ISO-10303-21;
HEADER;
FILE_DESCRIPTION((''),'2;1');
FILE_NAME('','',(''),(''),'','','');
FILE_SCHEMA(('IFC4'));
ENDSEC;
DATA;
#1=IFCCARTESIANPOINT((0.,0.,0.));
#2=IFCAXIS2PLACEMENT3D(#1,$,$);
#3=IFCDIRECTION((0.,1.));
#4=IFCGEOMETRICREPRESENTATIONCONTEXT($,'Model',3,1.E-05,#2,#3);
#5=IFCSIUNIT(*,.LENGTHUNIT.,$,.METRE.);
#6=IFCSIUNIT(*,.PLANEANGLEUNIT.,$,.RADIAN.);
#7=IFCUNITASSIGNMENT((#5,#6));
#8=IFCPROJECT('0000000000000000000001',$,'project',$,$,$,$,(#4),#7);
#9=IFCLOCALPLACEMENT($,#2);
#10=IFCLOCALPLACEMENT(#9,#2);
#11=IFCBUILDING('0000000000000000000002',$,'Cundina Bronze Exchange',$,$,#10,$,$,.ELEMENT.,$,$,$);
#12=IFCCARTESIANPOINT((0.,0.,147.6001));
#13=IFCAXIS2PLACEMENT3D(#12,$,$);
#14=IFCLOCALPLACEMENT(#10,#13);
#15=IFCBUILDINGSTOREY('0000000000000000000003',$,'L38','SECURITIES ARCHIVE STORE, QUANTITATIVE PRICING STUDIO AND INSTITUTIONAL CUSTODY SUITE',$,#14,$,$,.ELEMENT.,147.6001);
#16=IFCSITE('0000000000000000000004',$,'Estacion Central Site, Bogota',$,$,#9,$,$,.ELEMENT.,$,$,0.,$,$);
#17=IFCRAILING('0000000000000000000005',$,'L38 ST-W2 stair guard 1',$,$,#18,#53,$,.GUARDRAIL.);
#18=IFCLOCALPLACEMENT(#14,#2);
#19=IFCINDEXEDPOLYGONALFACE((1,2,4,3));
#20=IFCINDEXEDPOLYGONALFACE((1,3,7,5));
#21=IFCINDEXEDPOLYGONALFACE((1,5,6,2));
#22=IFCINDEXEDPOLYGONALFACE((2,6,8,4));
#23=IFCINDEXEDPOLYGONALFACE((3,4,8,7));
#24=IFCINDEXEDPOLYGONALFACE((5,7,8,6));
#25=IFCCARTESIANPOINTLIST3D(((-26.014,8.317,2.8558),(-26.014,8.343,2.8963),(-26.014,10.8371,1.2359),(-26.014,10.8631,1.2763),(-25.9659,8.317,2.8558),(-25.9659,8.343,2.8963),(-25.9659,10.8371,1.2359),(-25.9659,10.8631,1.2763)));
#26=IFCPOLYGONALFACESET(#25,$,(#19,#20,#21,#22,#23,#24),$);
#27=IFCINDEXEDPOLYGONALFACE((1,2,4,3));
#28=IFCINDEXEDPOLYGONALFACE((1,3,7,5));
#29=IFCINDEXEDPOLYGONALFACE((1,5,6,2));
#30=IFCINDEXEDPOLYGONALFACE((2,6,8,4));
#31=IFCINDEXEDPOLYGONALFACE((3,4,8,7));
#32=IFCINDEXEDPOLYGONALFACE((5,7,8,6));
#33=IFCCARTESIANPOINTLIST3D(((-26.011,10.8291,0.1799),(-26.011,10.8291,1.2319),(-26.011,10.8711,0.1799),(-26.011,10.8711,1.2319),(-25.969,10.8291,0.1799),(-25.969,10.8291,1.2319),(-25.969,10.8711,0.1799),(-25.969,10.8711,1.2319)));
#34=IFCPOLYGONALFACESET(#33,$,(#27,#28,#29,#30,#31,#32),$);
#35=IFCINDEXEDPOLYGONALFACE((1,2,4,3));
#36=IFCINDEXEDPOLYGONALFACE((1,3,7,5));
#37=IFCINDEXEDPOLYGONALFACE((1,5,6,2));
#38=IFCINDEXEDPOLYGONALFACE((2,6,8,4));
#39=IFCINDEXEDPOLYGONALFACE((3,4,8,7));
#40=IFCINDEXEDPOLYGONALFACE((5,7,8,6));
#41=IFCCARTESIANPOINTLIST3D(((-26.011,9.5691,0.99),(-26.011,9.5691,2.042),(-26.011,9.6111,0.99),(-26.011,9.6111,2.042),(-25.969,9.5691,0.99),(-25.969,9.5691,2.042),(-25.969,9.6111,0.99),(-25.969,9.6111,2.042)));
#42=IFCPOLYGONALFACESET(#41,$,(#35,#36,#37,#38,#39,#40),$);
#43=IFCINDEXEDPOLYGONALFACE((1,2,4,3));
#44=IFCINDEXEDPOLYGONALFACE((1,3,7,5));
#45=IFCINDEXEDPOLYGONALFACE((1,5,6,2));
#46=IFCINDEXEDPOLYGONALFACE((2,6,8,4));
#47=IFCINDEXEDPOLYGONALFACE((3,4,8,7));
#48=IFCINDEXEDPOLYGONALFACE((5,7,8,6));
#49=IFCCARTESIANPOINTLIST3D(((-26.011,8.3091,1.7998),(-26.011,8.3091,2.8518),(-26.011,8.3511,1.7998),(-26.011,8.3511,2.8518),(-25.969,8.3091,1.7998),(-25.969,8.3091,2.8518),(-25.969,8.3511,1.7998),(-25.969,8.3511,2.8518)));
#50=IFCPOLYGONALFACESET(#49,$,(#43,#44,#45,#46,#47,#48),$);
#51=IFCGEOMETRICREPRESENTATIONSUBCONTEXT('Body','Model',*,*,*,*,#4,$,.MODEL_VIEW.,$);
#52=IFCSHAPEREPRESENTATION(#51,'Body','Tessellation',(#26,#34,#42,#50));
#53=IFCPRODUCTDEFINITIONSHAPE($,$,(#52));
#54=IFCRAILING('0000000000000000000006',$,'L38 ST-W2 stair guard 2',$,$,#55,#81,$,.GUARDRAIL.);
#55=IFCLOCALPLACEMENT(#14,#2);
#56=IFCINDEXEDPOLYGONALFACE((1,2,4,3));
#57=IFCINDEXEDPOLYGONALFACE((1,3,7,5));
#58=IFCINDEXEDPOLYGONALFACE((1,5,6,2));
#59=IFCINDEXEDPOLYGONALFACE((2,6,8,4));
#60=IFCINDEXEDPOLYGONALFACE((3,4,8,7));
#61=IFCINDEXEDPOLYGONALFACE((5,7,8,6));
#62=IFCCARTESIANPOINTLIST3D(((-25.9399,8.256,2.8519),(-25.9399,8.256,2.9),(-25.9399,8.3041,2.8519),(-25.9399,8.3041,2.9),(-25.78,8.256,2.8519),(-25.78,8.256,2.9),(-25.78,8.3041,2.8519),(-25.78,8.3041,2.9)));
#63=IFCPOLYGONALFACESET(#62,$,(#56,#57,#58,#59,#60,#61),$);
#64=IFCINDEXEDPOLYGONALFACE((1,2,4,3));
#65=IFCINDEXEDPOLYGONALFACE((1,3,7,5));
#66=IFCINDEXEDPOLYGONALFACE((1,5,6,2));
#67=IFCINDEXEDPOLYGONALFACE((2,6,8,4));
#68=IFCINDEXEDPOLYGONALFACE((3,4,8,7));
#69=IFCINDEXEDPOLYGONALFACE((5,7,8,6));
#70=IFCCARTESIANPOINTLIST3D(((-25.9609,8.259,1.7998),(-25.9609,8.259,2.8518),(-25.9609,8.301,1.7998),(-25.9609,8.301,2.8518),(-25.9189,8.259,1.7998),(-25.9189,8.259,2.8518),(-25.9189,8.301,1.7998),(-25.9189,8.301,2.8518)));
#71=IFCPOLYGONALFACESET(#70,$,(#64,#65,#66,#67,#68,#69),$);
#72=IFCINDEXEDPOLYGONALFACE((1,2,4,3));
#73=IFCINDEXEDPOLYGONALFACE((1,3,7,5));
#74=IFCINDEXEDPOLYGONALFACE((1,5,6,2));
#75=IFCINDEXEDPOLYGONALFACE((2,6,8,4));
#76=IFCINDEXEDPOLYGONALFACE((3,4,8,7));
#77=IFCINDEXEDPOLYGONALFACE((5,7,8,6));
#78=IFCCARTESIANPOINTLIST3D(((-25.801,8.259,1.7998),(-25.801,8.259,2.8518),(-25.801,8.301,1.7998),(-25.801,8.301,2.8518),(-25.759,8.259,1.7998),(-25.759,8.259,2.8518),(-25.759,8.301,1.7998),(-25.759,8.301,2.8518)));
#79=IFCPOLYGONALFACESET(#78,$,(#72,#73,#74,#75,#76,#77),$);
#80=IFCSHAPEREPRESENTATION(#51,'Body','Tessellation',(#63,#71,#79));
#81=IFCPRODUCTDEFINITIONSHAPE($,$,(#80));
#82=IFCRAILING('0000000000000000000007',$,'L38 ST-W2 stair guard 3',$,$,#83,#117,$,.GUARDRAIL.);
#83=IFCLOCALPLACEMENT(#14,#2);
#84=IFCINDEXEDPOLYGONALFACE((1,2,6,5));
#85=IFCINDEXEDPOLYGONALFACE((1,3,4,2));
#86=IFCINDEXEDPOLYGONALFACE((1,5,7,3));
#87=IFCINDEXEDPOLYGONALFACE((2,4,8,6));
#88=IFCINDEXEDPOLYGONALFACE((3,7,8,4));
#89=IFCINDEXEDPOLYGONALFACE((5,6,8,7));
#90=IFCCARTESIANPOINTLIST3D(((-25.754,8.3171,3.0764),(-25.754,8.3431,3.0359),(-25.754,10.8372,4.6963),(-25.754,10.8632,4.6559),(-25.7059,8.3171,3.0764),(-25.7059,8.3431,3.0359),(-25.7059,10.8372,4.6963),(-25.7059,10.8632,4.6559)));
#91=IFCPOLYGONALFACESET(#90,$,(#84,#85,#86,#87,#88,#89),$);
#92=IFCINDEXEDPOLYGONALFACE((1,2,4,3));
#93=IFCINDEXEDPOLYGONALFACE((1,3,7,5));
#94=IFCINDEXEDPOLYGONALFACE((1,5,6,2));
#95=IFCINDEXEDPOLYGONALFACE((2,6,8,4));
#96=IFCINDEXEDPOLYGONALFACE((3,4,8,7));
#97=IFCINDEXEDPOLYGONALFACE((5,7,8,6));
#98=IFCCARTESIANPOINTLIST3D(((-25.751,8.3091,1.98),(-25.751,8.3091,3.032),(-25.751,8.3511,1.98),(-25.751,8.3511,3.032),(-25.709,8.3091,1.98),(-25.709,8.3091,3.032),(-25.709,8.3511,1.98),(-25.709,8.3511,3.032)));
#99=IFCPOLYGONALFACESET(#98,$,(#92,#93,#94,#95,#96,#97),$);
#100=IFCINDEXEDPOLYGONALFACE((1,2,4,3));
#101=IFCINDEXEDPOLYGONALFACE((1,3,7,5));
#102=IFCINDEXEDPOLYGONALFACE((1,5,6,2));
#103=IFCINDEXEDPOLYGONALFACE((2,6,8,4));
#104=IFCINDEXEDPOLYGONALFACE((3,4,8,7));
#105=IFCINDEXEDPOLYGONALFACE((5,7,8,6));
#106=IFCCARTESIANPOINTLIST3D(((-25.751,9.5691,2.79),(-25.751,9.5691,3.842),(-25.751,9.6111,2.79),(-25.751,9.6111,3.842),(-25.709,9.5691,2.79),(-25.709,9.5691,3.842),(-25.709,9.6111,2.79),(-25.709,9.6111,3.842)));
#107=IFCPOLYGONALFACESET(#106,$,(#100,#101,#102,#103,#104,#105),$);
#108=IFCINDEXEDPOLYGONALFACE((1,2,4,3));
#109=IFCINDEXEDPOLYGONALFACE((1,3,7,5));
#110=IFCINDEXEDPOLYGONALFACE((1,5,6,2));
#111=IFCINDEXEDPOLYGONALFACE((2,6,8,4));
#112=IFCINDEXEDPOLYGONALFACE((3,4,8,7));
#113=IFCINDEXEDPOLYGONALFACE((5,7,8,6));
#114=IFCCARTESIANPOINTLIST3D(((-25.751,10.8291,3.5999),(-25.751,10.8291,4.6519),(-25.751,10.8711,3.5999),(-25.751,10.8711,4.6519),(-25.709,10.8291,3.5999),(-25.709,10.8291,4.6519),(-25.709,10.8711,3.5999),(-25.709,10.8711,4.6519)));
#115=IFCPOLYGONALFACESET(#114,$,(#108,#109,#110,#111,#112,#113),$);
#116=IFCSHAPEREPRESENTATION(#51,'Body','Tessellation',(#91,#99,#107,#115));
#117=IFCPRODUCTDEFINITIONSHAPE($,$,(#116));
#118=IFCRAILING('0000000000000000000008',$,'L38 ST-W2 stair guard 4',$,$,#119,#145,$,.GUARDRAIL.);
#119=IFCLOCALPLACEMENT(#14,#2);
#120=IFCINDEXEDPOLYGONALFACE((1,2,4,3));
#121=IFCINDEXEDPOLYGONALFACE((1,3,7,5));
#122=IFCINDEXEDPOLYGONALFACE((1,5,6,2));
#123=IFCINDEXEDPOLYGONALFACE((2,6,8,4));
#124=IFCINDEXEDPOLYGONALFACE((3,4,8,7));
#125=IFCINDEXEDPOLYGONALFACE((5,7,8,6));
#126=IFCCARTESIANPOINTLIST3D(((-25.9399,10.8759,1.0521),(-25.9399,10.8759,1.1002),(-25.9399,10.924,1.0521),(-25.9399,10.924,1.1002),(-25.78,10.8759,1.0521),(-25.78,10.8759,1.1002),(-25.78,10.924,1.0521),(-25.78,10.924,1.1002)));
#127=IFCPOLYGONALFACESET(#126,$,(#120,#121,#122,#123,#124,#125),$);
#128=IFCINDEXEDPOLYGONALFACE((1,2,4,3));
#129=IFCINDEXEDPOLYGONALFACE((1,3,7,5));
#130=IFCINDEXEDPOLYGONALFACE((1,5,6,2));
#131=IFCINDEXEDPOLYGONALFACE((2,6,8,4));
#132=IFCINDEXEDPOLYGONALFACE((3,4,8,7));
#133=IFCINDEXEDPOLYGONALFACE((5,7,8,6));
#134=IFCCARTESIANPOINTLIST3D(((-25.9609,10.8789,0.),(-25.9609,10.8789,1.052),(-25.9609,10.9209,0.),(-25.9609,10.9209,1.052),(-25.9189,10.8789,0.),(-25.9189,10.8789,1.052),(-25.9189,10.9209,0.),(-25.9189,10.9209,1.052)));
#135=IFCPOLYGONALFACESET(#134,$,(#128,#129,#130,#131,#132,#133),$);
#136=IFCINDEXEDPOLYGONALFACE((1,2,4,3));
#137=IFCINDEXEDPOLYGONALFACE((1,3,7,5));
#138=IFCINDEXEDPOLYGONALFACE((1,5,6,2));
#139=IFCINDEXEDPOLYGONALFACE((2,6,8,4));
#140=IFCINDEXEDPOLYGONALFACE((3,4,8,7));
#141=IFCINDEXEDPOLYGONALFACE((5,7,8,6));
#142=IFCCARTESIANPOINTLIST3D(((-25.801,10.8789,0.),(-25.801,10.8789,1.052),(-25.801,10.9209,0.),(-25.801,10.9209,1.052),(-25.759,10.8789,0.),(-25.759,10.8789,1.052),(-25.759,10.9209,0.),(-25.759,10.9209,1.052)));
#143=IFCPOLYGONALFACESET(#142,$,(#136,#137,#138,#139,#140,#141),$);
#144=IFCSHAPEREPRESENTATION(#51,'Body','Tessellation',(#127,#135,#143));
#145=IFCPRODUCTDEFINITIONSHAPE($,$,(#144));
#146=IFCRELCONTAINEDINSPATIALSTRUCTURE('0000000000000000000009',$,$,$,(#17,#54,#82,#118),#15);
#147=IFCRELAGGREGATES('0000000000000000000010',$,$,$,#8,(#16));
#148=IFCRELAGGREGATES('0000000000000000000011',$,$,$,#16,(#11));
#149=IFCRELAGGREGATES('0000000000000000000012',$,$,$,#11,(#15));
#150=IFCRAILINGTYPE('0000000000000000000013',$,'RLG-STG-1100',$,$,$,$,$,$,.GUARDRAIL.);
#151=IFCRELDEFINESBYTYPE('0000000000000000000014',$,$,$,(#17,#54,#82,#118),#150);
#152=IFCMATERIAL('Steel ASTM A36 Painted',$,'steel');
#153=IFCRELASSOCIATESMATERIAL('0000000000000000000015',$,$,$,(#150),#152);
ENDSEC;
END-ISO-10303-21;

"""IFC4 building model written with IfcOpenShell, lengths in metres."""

from ifc_helpers import new_model, si_unit, direction, frame, origin, origin_2d, place, context, subcontext, project, spatial, rectangle, extrude, material, type_object, element, save


model = new_model("IFC4")

# Units and contexts
model_context = context("Model", 3, precision=1e-05, world=origin(), true_north=direction((0.0, 1.0)))
body_context = subcontext(model_context, "Body", "Model", "MODEL_VIEW")
ifc_project = project(units=[si_unit("LENGTHUNIT", "METRE"), si_unit("PLANEANGLEUNIT", "RADIAN")], contexts=[model_context])

# Site, building, storey
site_placement = place(None, origin())
site = spatial("IfcSite", under=ifc_project, at=site_placement, Name="Estacion Central Site, Bogota", CompositionType="ELEMENT", RefElevation=0.0)
building_placement = place(site_placement, origin())
building = spatial("IfcBuilding", under=site, at=building_placement, Name="Cundina Bronze Exchange", CompositionType="ELEMENT")
storey_placement = place(building_placement, frame((0.0, 0.0, 147.6001)))
storey = spatial("IfcBuildingStorey", under=building, at=storey_placement, Name="L38", Description="SECURITIES ARCHIVE STORE, QUANTITATIVE PRICING STUDIO AND INSTITUTIONAL CUSTODY SUITE", CompositionType="ELEMENT", Elevation=147.6001)

# Shared definitions
ifc_material_1 = material(Name="Steel ASTM A36 Painted", Category="steel")

# Railings
railing_type_1 = type_object("IfcRailingType", Name="RLG-STG-1100", PredefinedType="GUARDRAIL", material=ifc_material_1)
for number, where, name in (
    (1, (-25.99, 10.8501, 0.1799), "L38 ST-W2 stair guard 1"),
):
    element("IfcRailing", number, at=place(storey_placement, frame(where)), inside=storey, type_object=railing_type_1, Name=name, PredefinedType="GUARDRAIL", context=body_context, shape_type="SweptSolid", body=[
        extrude(rectangle(XDim=0.0481, YDim=0.0481, at=origin_2d()), frame((0.0, 0.0, 1.0762), z_axis=(0.0, -0.8412, 0.540725), x_axis=(1.0, 0.0, 0.0)), (0.0, 0.0, 1.0), 2.9958),
        extrude(rectangle(XDim=0.042, YDim=0.042, at=origin_2d()), origin(), (0.0, 0.0, 1.0), 1.052),
        extrude(rectangle(XDim=0.042, YDim=0.042, at=origin_2d()), frame((0.0, -1.26, 0.8101)), (0.0, 0.0, 1.0), 1.052),
        extrude(rectangle(XDim=0.042, YDim=0.042, at=origin_2d()), frame((0.0, -2.52, 1.6199)), (0.0, 0.0, 1.0), 1.052),
    ])
railing_1_placement = place(storey_placement, frame((-25.9399, 8.28, 1.7998)))
element("IfcRailing", 2, at=railing_1_placement, inside=storey, type_object=railing_type_1, Name="L38 ST-W2 stair guard 2", PredefinedType="GUARDRAIL", context=body_context, shape_type="SweptSolid", body=[
    extrude(rectangle(XDim=0.0481, YDim=0.0481, at=origin_2d()), frame((0.0, 0.0, 1.0762), z_axis=(1.0, 0.0, 0.0), x_axis=(0.0, 1.0, 0.0)), (0.0, 0.0, 1.0), 0.1599),
    extrude(rectangle(XDim=0.042, YDim=0.042, at=origin_2d()), origin(), (0.0, 0.0, 1.0), 1.052),
    extrude(rectangle(XDim=0.042, YDim=0.042, at=origin_2d()), frame((0.1599, 0.0, 0.0)), (0.0, 0.0, 1.0), 1.052),
])
railing_2_placement = place(storey_placement, frame((-25.73, 8.3301, 1.98)))
element("IfcRailing", 3, at=railing_2_placement, inside=storey, type_object=railing_type_1, Name="L38 ST-W2 stair guard 3", PredefinedType="GUARDRAIL", context=body_context, shape_type="SweptSolid", body=[
    extrude(rectangle(XDim=0.0481, YDim=0.0481, at=origin_2d()), frame((0.0, 0.0, 1.0762), z_axis=(0.0, 0.8412, 0.540725), x_axis=(-1.0, 0.0, 0.0)), (0.0, 0.0, 1.0), 2.9958),
    extrude(rectangle(XDim=0.042, YDim=0.042, at=origin_2d()), origin(), (0.0, 0.0, 1.0), 1.052),
    extrude(rectangle(XDim=0.042, YDim=0.042, at=origin_2d()), frame((0.0, 1.26, 0.8101)), (0.0, 0.0, 1.0), 1.052),
    extrude(rectangle(XDim=0.042, YDim=0.042, at=origin_2d()), frame((0.0, 2.52, 1.6199)), (0.0, 0.0, 1.0), 1.052),
])
railing_3_placement = place(storey_placement, frame((-25.9399, 10.8999, 0.0)))
element("IfcRailing", 4, at=railing_3_placement, inside=storey, type_object=railing_type_1, Name="L38 ST-W2 stair guard 4", PredefinedType="GUARDRAIL", context=body_context, shape_type="SweptSolid", body=[
    extrude(rectangle(XDim=0.0481, YDim=0.0481, at=origin_2d()), frame((0.0, 0.0, 1.0762), z_axis=(1.0, 0.0, 0.0), x_axis=(0.0, 1.0, 0.0)), (0.0, 0.0, 1.0), 0.1599),
    extrude(rectangle(XDim=0.042, YDim=0.042, at=origin_2d()), origin(), (0.0, 0.0, 1.0), 1.052),
    extrude(rectangle(XDim=0.042, YDim=0.042, at=origin_2d()), frame((0.1599, 0.0, 0.0)), (0.0, 0.0, 1.0), 1.052),
])

save(model, "model.ifc")
